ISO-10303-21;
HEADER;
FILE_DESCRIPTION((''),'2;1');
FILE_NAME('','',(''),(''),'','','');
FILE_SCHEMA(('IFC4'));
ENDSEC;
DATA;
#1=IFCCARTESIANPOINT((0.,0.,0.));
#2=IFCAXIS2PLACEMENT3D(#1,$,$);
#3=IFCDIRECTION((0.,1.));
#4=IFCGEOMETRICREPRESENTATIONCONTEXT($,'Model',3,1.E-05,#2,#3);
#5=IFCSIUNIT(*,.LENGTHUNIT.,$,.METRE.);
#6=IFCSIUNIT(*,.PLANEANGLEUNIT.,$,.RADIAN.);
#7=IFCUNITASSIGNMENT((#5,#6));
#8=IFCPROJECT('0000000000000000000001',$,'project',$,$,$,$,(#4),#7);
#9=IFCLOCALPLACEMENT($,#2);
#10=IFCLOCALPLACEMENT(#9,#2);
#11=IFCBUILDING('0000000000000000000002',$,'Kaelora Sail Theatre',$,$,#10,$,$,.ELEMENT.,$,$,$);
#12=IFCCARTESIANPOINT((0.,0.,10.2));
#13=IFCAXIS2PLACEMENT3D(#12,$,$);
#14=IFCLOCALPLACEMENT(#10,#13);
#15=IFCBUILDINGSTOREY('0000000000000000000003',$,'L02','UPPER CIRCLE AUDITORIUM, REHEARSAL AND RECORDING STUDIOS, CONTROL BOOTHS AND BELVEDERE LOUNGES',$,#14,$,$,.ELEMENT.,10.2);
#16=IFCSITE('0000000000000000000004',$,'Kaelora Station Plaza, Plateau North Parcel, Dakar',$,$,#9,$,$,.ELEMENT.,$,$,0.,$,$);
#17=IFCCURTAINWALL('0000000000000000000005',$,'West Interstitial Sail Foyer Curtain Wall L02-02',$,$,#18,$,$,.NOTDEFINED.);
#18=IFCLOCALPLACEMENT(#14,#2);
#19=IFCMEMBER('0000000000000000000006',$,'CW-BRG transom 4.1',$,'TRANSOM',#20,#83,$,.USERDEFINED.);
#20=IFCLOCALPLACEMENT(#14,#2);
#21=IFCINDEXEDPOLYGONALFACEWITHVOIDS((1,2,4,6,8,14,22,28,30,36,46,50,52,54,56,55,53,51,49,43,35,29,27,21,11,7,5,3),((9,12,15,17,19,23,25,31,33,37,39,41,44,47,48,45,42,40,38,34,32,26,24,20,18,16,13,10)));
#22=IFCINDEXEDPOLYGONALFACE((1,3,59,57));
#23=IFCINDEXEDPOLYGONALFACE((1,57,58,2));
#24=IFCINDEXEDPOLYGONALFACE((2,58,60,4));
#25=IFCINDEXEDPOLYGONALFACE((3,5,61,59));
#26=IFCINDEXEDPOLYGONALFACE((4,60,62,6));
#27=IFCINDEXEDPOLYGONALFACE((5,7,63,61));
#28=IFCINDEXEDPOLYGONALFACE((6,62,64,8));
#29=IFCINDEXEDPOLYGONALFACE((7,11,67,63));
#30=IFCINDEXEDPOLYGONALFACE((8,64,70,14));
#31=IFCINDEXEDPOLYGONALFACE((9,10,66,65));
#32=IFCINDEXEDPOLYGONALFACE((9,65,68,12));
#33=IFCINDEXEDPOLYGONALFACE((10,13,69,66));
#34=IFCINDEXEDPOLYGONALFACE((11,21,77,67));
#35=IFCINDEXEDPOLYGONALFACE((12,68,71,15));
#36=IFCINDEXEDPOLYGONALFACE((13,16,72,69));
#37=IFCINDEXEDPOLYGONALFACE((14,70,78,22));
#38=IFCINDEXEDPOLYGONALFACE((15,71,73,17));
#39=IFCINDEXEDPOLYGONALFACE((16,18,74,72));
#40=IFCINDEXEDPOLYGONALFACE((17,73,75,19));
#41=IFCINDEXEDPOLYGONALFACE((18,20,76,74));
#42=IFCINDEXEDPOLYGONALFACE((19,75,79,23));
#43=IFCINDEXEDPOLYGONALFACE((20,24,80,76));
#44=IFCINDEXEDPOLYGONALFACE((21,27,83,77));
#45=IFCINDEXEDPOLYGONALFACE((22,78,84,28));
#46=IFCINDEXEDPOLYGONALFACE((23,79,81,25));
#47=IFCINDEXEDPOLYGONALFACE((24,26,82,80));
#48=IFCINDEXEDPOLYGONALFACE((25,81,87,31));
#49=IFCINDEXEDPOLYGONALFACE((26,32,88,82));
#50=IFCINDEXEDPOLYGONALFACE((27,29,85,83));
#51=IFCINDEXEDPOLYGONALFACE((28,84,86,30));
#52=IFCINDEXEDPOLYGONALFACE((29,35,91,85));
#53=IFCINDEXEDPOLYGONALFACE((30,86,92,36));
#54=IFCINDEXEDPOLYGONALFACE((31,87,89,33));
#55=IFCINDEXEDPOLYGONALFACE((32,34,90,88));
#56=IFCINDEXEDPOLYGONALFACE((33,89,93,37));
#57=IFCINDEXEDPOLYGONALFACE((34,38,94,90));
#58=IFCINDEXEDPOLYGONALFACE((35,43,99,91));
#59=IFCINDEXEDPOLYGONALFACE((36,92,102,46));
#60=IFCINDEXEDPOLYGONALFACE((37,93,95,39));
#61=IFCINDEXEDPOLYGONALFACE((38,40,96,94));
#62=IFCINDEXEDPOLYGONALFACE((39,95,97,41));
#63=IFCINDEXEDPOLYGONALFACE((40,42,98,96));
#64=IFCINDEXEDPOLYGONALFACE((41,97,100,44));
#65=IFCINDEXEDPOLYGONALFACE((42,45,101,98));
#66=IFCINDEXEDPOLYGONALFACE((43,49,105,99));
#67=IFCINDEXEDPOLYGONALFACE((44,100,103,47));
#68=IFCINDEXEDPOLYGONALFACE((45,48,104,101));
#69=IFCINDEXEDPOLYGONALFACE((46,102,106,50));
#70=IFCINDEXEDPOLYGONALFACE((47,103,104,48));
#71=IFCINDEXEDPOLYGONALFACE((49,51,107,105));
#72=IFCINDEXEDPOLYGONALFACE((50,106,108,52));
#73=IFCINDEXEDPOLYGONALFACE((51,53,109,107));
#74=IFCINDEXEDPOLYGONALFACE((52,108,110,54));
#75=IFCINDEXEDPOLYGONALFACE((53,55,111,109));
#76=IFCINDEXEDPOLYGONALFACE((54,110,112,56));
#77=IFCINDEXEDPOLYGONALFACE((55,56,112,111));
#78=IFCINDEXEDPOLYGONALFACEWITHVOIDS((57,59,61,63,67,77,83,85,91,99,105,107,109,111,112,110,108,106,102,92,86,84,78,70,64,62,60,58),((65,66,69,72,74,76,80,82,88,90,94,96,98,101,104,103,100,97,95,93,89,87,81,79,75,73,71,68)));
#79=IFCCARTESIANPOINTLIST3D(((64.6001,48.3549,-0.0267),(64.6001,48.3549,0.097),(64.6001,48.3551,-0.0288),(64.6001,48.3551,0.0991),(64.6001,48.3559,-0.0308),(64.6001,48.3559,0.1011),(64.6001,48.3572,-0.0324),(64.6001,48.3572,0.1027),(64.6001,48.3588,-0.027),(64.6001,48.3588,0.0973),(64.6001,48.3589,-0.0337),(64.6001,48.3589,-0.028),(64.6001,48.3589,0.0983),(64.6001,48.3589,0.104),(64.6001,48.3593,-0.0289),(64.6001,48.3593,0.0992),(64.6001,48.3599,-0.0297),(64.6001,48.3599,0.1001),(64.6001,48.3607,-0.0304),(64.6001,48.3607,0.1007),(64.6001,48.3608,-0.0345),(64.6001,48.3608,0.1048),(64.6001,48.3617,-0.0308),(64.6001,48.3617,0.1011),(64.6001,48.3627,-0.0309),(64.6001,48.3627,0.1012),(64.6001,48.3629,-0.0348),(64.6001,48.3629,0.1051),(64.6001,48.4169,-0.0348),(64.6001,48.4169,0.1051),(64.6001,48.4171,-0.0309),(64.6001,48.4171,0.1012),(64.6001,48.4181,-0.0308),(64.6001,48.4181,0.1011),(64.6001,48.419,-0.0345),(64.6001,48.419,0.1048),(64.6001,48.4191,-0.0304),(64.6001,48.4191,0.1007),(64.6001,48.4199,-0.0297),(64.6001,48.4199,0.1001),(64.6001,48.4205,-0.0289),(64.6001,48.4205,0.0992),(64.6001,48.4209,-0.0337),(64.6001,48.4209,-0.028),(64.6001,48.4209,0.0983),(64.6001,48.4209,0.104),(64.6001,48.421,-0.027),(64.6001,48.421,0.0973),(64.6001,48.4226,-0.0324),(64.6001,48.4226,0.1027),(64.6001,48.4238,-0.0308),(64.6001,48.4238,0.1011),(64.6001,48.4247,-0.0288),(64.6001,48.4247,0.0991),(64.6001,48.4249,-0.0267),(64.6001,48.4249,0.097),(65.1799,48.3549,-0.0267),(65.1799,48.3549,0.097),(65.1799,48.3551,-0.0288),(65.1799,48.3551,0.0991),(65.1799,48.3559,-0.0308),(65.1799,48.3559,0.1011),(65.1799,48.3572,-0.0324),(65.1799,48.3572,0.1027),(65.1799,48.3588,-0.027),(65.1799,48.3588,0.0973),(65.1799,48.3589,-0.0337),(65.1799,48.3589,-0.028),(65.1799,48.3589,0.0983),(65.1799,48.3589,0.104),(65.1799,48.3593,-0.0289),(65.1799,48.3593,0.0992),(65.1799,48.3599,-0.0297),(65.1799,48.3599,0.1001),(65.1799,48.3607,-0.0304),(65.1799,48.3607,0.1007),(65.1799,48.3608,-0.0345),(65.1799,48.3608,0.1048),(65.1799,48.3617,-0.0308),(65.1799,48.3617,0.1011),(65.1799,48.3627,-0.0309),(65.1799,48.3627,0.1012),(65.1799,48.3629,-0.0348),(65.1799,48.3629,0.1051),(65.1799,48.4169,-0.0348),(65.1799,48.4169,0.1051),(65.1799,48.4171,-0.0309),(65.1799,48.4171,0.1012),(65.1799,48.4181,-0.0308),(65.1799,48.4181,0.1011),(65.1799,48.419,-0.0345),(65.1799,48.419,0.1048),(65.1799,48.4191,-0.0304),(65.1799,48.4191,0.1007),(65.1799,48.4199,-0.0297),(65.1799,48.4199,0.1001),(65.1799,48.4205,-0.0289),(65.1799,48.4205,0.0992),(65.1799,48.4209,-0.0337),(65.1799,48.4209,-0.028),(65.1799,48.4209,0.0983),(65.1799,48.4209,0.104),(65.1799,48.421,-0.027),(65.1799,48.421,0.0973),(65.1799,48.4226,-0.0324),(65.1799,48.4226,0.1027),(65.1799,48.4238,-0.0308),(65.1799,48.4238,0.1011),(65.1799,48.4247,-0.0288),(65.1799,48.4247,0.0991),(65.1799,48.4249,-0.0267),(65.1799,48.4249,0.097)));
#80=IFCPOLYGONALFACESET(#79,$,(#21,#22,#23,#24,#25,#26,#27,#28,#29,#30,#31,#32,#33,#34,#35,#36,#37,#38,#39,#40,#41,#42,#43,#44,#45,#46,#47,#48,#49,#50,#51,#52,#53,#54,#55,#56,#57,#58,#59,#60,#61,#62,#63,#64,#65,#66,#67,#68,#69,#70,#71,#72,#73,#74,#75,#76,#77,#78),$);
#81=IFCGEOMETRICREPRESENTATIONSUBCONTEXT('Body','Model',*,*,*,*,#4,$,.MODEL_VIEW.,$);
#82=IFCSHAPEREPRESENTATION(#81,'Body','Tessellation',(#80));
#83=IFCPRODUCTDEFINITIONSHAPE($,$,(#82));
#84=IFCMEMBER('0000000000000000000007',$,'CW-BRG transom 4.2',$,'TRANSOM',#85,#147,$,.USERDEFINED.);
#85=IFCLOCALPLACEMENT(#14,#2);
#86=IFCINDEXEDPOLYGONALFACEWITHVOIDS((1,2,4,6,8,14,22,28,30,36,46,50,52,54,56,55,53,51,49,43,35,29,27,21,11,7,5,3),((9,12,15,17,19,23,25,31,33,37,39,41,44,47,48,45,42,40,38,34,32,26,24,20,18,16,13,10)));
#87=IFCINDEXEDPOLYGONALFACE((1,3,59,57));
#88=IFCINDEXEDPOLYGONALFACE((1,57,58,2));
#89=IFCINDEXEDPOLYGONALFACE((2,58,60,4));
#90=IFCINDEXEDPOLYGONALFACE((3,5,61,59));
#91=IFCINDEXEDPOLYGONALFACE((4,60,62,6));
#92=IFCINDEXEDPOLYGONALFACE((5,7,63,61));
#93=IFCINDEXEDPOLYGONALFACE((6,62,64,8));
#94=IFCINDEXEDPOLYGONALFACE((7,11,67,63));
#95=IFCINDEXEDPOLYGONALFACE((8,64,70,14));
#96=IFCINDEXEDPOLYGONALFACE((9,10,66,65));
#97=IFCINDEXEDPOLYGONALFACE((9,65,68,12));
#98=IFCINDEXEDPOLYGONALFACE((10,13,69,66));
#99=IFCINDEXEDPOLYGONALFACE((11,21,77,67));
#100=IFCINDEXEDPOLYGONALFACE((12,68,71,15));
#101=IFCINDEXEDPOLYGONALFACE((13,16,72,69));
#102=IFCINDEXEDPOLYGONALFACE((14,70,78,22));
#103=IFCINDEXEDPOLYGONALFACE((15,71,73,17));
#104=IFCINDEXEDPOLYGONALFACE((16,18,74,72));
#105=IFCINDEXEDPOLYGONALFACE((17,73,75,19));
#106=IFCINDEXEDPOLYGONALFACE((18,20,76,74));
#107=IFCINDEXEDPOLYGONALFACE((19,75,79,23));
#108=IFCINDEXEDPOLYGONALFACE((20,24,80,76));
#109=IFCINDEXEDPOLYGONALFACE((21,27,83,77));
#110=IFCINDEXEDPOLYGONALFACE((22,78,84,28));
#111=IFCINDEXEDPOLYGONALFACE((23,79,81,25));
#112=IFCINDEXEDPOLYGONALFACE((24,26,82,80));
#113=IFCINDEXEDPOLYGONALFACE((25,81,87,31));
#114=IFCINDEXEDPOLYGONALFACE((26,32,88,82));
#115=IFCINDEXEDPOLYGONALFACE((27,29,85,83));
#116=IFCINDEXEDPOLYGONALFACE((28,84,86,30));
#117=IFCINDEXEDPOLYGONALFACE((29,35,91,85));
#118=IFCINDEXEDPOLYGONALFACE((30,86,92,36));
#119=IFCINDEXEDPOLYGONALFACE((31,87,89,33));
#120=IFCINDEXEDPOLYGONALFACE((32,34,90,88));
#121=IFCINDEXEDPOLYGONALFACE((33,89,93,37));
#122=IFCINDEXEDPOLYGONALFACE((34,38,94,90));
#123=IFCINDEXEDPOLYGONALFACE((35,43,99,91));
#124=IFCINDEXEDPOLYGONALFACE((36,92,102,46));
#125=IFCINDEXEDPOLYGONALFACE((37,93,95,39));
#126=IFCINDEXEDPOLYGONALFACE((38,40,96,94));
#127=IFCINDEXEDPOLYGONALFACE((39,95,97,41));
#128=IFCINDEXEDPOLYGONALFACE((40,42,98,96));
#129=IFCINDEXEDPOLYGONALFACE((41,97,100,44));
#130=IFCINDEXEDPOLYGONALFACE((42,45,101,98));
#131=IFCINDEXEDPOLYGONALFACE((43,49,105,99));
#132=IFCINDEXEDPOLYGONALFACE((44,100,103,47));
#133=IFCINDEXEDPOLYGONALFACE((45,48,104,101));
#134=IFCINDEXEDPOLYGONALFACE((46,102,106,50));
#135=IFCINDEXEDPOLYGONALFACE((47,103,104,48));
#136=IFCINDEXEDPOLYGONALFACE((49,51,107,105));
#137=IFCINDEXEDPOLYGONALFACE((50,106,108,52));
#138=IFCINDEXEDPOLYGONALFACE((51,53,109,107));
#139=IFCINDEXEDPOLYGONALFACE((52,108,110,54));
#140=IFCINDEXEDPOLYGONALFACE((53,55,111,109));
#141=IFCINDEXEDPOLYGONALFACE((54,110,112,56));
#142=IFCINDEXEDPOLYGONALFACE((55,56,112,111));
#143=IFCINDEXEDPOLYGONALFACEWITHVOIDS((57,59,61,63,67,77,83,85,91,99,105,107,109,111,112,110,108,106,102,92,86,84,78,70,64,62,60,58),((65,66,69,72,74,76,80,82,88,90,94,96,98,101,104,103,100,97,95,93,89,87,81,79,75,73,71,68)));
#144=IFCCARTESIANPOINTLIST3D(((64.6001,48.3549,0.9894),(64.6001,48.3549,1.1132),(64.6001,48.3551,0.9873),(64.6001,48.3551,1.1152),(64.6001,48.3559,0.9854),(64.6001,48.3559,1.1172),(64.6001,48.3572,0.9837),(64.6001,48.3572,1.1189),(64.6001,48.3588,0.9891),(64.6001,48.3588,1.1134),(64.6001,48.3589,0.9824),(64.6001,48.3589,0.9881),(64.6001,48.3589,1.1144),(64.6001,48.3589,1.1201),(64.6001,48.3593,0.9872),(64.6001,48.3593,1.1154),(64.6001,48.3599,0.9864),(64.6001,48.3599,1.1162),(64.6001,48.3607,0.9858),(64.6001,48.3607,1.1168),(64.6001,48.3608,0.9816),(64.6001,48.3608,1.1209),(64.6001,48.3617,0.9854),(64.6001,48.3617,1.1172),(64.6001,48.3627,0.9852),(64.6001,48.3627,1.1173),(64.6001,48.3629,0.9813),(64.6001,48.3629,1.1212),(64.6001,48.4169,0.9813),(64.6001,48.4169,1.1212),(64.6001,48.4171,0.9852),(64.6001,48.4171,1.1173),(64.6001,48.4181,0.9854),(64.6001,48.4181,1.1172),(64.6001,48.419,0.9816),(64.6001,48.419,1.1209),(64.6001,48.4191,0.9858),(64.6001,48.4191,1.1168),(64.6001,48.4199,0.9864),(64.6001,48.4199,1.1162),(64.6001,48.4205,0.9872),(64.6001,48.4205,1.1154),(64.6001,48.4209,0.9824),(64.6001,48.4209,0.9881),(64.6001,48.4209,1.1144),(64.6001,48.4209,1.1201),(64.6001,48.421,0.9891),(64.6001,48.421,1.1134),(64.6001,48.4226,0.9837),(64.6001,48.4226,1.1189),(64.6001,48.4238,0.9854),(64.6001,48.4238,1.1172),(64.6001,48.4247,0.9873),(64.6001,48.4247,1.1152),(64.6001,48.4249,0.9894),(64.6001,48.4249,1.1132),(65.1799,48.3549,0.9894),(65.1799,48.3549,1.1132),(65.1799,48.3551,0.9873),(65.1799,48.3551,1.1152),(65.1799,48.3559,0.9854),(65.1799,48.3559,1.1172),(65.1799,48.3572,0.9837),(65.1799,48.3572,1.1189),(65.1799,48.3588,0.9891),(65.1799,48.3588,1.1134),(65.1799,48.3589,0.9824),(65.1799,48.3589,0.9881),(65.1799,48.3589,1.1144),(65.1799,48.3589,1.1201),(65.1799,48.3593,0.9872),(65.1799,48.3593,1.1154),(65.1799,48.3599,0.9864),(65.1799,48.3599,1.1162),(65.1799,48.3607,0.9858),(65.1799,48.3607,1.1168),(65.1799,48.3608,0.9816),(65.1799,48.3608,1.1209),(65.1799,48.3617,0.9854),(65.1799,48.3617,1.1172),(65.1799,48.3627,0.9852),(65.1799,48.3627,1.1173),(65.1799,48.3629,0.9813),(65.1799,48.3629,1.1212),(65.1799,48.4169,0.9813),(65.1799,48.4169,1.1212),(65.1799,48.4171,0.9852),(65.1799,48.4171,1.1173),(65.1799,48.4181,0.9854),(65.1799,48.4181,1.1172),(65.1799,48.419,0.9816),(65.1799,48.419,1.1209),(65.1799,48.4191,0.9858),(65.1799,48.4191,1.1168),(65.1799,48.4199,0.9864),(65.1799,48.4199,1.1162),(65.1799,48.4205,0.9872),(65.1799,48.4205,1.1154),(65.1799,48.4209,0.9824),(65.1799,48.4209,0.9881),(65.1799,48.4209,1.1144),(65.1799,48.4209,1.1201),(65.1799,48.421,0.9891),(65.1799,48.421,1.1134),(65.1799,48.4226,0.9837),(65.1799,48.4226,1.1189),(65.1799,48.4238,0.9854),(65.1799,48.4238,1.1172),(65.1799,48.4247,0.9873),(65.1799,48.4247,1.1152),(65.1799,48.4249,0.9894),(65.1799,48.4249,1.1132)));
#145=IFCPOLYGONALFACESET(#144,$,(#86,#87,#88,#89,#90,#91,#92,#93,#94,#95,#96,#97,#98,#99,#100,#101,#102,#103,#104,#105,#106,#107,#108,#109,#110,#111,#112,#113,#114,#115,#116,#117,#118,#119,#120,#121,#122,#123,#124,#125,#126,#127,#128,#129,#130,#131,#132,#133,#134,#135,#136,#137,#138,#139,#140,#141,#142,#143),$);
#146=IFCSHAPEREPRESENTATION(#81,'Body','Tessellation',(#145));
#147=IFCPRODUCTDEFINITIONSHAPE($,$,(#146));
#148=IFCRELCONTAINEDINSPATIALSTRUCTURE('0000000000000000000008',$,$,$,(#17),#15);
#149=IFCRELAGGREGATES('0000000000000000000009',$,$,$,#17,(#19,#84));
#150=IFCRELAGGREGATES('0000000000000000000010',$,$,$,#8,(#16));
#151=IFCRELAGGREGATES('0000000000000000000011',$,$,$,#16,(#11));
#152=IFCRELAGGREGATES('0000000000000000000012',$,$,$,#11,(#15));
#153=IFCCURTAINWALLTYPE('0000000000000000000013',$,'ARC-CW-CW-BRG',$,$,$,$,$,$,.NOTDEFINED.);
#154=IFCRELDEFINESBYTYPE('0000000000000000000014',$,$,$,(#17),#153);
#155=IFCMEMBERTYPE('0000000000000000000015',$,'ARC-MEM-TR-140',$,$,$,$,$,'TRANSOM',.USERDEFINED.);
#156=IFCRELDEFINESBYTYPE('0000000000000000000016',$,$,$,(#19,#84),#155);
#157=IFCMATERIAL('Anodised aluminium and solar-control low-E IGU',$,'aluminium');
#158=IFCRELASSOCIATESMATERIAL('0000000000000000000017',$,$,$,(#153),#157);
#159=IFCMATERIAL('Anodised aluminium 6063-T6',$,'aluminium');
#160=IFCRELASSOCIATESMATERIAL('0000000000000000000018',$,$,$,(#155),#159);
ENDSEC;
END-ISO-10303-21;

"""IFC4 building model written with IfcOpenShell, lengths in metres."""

from ifc_helpers import new_model, si_unit, direction, frame, origin, origin_2d, place, context, subcontext, project, spatial, hollow_rectangle, extrude, material, material_profile, profile_set, type_object, element, aggregate, save


model = new_model("IFC4")

# Units and contexts
model_context = context("Model", 3, precision=1e-05, world=origin(), true_north=direction((0.0, 1.0)))
body_context = subcontext(model_context, "Body", "Model", "MODEL_VIEW")
ifc_project = project(units=[si_unit("LENGTHUNIT", "METRE"), si_unit("PLANEANGLEUNIT", "RADIAN")], contexts=[model_context])

# Site, building, storey
site_placement = place(None, origin())
site = spatial("IfcSite", under=ifc_project, at=site_placement, Name="Kaelora Station Plaza, Plateau North Parcel, Dakar", CompositionType="ELEMENT", RefElevation=0.0)
building_placement = place(site_placement, origin())
building = spatial("IfcBuilding", under=site, at=building_placement, Name="Kaelora Sail Theatre", CompositionType="ELEMENT")
storey_placement = place(building_placement, frame((0.0, 0.0, 10.2)))
storey = spatial("IfcBuildingStorey", under=building, at=storey_placement, Name="L02", Description="UPPER CIRCLE AUDITORIUM, REHEARSAL AND RECORDING STUDIOS, CONTROL BOOTHS AND BELVEDERE LOUNGES", CompositionType="ELEMENT", Elevation=10.2)

# Curtain wall, members
ifc_material_1 = material(Name="Anodised aluminium and solar-control low-E IGU", Category="aluminium")
curtain_wall_type = type_object("IfcCurtainWallType", Name="ARC-CW-CW-BRG", PredefinedType="NOTDEFINED", material=ifc_material_1)
curtain_wall_placement = place(storey_placement, origin())
curtain_wall = element("IfcCurtainWall", 1, at=curtain_wall_placement, inside=storey, type_object=curtain_wall_type, Name="West Interstitial Sail Foyer Curtain Wall L02-02", PredefinedType="NOTDEFINED")
ifc_material_2 = material(Name="Anodised aluminium 6063-T6", Category="aluminium")
ifc_material_profile_1 = material_profile(ifc_material_2, hollow_rectangle(XDim=0.0701, YDim=0.1399, WallThickness=0.0039, InnerFilletRadius=0.0039, OuterFilletRadius=0.0081, at=origin_2d()), Name="ALU-TRAN 70x140x4")
ifc_profile_set_1 = profile_set([ifc_material_profile_1], Name="Anodised aluminium 6063-T6")
member_type_1 = type_object("IfcMemberType", Name="ARC-MEM-TR-140", ElementType="TRANSOM", PredefinedType="USERDEFINED", material=ifc_profile_set_1)
member_1_placement = place(storey_placement, frame((64.6001, 48.3899, 0.0352), z_axis=(1.0, 0.0, 0.0), x_axis=(0.0, 1.0, 0.0)))
member_1 = element("IfcMember", 2, at=member_1_placement, type_object=member_type_1, Name="CW-BRG transom 4.1", ObjectType="TRANSOM", PredefinedType="USERDEFINED", context=body_context, shape_type="SweptSolid", body=[
    extrude(hollow_rectangle(XDim=0.0701, YDim=0.1399, WallThickness=0.0039, InnerFilletRadius=0.0039, OuterFilletRadius=0.0081, at=origin_2d()), origin(), (0.0, 0.0, 1.0), 0.5798),
])
member_2_placement = place(storey_placement, frame((64.6001, 48.3899, 1.0513), z_axis=(1.0, 0.0, 0.0), x_axis=(0.0, 1.0, 0.0)))
member_2 = element("IfcMember", 3, at=member_2_placement, type_object=member_type_1, Name="CW-BRG transom 4.2", ObjectType="TRANSOM", PredefinedType="USERDEFINED", context=body_context, shape_type="SweptSolid", body=[
    extrude(hollow_rectangle(XDim=0.0701, YDim=0.1399, WallThickness=0.0039, InnerFilletRadius=0.0039, OuterFilletRadius=0.0081, at=origin_2d()), origin(), (0.0, 0.0, 1.0), 0.5798),
])

aggregate(curtain_wall, [member_1, member_2])

save(model, "model.ifc")
